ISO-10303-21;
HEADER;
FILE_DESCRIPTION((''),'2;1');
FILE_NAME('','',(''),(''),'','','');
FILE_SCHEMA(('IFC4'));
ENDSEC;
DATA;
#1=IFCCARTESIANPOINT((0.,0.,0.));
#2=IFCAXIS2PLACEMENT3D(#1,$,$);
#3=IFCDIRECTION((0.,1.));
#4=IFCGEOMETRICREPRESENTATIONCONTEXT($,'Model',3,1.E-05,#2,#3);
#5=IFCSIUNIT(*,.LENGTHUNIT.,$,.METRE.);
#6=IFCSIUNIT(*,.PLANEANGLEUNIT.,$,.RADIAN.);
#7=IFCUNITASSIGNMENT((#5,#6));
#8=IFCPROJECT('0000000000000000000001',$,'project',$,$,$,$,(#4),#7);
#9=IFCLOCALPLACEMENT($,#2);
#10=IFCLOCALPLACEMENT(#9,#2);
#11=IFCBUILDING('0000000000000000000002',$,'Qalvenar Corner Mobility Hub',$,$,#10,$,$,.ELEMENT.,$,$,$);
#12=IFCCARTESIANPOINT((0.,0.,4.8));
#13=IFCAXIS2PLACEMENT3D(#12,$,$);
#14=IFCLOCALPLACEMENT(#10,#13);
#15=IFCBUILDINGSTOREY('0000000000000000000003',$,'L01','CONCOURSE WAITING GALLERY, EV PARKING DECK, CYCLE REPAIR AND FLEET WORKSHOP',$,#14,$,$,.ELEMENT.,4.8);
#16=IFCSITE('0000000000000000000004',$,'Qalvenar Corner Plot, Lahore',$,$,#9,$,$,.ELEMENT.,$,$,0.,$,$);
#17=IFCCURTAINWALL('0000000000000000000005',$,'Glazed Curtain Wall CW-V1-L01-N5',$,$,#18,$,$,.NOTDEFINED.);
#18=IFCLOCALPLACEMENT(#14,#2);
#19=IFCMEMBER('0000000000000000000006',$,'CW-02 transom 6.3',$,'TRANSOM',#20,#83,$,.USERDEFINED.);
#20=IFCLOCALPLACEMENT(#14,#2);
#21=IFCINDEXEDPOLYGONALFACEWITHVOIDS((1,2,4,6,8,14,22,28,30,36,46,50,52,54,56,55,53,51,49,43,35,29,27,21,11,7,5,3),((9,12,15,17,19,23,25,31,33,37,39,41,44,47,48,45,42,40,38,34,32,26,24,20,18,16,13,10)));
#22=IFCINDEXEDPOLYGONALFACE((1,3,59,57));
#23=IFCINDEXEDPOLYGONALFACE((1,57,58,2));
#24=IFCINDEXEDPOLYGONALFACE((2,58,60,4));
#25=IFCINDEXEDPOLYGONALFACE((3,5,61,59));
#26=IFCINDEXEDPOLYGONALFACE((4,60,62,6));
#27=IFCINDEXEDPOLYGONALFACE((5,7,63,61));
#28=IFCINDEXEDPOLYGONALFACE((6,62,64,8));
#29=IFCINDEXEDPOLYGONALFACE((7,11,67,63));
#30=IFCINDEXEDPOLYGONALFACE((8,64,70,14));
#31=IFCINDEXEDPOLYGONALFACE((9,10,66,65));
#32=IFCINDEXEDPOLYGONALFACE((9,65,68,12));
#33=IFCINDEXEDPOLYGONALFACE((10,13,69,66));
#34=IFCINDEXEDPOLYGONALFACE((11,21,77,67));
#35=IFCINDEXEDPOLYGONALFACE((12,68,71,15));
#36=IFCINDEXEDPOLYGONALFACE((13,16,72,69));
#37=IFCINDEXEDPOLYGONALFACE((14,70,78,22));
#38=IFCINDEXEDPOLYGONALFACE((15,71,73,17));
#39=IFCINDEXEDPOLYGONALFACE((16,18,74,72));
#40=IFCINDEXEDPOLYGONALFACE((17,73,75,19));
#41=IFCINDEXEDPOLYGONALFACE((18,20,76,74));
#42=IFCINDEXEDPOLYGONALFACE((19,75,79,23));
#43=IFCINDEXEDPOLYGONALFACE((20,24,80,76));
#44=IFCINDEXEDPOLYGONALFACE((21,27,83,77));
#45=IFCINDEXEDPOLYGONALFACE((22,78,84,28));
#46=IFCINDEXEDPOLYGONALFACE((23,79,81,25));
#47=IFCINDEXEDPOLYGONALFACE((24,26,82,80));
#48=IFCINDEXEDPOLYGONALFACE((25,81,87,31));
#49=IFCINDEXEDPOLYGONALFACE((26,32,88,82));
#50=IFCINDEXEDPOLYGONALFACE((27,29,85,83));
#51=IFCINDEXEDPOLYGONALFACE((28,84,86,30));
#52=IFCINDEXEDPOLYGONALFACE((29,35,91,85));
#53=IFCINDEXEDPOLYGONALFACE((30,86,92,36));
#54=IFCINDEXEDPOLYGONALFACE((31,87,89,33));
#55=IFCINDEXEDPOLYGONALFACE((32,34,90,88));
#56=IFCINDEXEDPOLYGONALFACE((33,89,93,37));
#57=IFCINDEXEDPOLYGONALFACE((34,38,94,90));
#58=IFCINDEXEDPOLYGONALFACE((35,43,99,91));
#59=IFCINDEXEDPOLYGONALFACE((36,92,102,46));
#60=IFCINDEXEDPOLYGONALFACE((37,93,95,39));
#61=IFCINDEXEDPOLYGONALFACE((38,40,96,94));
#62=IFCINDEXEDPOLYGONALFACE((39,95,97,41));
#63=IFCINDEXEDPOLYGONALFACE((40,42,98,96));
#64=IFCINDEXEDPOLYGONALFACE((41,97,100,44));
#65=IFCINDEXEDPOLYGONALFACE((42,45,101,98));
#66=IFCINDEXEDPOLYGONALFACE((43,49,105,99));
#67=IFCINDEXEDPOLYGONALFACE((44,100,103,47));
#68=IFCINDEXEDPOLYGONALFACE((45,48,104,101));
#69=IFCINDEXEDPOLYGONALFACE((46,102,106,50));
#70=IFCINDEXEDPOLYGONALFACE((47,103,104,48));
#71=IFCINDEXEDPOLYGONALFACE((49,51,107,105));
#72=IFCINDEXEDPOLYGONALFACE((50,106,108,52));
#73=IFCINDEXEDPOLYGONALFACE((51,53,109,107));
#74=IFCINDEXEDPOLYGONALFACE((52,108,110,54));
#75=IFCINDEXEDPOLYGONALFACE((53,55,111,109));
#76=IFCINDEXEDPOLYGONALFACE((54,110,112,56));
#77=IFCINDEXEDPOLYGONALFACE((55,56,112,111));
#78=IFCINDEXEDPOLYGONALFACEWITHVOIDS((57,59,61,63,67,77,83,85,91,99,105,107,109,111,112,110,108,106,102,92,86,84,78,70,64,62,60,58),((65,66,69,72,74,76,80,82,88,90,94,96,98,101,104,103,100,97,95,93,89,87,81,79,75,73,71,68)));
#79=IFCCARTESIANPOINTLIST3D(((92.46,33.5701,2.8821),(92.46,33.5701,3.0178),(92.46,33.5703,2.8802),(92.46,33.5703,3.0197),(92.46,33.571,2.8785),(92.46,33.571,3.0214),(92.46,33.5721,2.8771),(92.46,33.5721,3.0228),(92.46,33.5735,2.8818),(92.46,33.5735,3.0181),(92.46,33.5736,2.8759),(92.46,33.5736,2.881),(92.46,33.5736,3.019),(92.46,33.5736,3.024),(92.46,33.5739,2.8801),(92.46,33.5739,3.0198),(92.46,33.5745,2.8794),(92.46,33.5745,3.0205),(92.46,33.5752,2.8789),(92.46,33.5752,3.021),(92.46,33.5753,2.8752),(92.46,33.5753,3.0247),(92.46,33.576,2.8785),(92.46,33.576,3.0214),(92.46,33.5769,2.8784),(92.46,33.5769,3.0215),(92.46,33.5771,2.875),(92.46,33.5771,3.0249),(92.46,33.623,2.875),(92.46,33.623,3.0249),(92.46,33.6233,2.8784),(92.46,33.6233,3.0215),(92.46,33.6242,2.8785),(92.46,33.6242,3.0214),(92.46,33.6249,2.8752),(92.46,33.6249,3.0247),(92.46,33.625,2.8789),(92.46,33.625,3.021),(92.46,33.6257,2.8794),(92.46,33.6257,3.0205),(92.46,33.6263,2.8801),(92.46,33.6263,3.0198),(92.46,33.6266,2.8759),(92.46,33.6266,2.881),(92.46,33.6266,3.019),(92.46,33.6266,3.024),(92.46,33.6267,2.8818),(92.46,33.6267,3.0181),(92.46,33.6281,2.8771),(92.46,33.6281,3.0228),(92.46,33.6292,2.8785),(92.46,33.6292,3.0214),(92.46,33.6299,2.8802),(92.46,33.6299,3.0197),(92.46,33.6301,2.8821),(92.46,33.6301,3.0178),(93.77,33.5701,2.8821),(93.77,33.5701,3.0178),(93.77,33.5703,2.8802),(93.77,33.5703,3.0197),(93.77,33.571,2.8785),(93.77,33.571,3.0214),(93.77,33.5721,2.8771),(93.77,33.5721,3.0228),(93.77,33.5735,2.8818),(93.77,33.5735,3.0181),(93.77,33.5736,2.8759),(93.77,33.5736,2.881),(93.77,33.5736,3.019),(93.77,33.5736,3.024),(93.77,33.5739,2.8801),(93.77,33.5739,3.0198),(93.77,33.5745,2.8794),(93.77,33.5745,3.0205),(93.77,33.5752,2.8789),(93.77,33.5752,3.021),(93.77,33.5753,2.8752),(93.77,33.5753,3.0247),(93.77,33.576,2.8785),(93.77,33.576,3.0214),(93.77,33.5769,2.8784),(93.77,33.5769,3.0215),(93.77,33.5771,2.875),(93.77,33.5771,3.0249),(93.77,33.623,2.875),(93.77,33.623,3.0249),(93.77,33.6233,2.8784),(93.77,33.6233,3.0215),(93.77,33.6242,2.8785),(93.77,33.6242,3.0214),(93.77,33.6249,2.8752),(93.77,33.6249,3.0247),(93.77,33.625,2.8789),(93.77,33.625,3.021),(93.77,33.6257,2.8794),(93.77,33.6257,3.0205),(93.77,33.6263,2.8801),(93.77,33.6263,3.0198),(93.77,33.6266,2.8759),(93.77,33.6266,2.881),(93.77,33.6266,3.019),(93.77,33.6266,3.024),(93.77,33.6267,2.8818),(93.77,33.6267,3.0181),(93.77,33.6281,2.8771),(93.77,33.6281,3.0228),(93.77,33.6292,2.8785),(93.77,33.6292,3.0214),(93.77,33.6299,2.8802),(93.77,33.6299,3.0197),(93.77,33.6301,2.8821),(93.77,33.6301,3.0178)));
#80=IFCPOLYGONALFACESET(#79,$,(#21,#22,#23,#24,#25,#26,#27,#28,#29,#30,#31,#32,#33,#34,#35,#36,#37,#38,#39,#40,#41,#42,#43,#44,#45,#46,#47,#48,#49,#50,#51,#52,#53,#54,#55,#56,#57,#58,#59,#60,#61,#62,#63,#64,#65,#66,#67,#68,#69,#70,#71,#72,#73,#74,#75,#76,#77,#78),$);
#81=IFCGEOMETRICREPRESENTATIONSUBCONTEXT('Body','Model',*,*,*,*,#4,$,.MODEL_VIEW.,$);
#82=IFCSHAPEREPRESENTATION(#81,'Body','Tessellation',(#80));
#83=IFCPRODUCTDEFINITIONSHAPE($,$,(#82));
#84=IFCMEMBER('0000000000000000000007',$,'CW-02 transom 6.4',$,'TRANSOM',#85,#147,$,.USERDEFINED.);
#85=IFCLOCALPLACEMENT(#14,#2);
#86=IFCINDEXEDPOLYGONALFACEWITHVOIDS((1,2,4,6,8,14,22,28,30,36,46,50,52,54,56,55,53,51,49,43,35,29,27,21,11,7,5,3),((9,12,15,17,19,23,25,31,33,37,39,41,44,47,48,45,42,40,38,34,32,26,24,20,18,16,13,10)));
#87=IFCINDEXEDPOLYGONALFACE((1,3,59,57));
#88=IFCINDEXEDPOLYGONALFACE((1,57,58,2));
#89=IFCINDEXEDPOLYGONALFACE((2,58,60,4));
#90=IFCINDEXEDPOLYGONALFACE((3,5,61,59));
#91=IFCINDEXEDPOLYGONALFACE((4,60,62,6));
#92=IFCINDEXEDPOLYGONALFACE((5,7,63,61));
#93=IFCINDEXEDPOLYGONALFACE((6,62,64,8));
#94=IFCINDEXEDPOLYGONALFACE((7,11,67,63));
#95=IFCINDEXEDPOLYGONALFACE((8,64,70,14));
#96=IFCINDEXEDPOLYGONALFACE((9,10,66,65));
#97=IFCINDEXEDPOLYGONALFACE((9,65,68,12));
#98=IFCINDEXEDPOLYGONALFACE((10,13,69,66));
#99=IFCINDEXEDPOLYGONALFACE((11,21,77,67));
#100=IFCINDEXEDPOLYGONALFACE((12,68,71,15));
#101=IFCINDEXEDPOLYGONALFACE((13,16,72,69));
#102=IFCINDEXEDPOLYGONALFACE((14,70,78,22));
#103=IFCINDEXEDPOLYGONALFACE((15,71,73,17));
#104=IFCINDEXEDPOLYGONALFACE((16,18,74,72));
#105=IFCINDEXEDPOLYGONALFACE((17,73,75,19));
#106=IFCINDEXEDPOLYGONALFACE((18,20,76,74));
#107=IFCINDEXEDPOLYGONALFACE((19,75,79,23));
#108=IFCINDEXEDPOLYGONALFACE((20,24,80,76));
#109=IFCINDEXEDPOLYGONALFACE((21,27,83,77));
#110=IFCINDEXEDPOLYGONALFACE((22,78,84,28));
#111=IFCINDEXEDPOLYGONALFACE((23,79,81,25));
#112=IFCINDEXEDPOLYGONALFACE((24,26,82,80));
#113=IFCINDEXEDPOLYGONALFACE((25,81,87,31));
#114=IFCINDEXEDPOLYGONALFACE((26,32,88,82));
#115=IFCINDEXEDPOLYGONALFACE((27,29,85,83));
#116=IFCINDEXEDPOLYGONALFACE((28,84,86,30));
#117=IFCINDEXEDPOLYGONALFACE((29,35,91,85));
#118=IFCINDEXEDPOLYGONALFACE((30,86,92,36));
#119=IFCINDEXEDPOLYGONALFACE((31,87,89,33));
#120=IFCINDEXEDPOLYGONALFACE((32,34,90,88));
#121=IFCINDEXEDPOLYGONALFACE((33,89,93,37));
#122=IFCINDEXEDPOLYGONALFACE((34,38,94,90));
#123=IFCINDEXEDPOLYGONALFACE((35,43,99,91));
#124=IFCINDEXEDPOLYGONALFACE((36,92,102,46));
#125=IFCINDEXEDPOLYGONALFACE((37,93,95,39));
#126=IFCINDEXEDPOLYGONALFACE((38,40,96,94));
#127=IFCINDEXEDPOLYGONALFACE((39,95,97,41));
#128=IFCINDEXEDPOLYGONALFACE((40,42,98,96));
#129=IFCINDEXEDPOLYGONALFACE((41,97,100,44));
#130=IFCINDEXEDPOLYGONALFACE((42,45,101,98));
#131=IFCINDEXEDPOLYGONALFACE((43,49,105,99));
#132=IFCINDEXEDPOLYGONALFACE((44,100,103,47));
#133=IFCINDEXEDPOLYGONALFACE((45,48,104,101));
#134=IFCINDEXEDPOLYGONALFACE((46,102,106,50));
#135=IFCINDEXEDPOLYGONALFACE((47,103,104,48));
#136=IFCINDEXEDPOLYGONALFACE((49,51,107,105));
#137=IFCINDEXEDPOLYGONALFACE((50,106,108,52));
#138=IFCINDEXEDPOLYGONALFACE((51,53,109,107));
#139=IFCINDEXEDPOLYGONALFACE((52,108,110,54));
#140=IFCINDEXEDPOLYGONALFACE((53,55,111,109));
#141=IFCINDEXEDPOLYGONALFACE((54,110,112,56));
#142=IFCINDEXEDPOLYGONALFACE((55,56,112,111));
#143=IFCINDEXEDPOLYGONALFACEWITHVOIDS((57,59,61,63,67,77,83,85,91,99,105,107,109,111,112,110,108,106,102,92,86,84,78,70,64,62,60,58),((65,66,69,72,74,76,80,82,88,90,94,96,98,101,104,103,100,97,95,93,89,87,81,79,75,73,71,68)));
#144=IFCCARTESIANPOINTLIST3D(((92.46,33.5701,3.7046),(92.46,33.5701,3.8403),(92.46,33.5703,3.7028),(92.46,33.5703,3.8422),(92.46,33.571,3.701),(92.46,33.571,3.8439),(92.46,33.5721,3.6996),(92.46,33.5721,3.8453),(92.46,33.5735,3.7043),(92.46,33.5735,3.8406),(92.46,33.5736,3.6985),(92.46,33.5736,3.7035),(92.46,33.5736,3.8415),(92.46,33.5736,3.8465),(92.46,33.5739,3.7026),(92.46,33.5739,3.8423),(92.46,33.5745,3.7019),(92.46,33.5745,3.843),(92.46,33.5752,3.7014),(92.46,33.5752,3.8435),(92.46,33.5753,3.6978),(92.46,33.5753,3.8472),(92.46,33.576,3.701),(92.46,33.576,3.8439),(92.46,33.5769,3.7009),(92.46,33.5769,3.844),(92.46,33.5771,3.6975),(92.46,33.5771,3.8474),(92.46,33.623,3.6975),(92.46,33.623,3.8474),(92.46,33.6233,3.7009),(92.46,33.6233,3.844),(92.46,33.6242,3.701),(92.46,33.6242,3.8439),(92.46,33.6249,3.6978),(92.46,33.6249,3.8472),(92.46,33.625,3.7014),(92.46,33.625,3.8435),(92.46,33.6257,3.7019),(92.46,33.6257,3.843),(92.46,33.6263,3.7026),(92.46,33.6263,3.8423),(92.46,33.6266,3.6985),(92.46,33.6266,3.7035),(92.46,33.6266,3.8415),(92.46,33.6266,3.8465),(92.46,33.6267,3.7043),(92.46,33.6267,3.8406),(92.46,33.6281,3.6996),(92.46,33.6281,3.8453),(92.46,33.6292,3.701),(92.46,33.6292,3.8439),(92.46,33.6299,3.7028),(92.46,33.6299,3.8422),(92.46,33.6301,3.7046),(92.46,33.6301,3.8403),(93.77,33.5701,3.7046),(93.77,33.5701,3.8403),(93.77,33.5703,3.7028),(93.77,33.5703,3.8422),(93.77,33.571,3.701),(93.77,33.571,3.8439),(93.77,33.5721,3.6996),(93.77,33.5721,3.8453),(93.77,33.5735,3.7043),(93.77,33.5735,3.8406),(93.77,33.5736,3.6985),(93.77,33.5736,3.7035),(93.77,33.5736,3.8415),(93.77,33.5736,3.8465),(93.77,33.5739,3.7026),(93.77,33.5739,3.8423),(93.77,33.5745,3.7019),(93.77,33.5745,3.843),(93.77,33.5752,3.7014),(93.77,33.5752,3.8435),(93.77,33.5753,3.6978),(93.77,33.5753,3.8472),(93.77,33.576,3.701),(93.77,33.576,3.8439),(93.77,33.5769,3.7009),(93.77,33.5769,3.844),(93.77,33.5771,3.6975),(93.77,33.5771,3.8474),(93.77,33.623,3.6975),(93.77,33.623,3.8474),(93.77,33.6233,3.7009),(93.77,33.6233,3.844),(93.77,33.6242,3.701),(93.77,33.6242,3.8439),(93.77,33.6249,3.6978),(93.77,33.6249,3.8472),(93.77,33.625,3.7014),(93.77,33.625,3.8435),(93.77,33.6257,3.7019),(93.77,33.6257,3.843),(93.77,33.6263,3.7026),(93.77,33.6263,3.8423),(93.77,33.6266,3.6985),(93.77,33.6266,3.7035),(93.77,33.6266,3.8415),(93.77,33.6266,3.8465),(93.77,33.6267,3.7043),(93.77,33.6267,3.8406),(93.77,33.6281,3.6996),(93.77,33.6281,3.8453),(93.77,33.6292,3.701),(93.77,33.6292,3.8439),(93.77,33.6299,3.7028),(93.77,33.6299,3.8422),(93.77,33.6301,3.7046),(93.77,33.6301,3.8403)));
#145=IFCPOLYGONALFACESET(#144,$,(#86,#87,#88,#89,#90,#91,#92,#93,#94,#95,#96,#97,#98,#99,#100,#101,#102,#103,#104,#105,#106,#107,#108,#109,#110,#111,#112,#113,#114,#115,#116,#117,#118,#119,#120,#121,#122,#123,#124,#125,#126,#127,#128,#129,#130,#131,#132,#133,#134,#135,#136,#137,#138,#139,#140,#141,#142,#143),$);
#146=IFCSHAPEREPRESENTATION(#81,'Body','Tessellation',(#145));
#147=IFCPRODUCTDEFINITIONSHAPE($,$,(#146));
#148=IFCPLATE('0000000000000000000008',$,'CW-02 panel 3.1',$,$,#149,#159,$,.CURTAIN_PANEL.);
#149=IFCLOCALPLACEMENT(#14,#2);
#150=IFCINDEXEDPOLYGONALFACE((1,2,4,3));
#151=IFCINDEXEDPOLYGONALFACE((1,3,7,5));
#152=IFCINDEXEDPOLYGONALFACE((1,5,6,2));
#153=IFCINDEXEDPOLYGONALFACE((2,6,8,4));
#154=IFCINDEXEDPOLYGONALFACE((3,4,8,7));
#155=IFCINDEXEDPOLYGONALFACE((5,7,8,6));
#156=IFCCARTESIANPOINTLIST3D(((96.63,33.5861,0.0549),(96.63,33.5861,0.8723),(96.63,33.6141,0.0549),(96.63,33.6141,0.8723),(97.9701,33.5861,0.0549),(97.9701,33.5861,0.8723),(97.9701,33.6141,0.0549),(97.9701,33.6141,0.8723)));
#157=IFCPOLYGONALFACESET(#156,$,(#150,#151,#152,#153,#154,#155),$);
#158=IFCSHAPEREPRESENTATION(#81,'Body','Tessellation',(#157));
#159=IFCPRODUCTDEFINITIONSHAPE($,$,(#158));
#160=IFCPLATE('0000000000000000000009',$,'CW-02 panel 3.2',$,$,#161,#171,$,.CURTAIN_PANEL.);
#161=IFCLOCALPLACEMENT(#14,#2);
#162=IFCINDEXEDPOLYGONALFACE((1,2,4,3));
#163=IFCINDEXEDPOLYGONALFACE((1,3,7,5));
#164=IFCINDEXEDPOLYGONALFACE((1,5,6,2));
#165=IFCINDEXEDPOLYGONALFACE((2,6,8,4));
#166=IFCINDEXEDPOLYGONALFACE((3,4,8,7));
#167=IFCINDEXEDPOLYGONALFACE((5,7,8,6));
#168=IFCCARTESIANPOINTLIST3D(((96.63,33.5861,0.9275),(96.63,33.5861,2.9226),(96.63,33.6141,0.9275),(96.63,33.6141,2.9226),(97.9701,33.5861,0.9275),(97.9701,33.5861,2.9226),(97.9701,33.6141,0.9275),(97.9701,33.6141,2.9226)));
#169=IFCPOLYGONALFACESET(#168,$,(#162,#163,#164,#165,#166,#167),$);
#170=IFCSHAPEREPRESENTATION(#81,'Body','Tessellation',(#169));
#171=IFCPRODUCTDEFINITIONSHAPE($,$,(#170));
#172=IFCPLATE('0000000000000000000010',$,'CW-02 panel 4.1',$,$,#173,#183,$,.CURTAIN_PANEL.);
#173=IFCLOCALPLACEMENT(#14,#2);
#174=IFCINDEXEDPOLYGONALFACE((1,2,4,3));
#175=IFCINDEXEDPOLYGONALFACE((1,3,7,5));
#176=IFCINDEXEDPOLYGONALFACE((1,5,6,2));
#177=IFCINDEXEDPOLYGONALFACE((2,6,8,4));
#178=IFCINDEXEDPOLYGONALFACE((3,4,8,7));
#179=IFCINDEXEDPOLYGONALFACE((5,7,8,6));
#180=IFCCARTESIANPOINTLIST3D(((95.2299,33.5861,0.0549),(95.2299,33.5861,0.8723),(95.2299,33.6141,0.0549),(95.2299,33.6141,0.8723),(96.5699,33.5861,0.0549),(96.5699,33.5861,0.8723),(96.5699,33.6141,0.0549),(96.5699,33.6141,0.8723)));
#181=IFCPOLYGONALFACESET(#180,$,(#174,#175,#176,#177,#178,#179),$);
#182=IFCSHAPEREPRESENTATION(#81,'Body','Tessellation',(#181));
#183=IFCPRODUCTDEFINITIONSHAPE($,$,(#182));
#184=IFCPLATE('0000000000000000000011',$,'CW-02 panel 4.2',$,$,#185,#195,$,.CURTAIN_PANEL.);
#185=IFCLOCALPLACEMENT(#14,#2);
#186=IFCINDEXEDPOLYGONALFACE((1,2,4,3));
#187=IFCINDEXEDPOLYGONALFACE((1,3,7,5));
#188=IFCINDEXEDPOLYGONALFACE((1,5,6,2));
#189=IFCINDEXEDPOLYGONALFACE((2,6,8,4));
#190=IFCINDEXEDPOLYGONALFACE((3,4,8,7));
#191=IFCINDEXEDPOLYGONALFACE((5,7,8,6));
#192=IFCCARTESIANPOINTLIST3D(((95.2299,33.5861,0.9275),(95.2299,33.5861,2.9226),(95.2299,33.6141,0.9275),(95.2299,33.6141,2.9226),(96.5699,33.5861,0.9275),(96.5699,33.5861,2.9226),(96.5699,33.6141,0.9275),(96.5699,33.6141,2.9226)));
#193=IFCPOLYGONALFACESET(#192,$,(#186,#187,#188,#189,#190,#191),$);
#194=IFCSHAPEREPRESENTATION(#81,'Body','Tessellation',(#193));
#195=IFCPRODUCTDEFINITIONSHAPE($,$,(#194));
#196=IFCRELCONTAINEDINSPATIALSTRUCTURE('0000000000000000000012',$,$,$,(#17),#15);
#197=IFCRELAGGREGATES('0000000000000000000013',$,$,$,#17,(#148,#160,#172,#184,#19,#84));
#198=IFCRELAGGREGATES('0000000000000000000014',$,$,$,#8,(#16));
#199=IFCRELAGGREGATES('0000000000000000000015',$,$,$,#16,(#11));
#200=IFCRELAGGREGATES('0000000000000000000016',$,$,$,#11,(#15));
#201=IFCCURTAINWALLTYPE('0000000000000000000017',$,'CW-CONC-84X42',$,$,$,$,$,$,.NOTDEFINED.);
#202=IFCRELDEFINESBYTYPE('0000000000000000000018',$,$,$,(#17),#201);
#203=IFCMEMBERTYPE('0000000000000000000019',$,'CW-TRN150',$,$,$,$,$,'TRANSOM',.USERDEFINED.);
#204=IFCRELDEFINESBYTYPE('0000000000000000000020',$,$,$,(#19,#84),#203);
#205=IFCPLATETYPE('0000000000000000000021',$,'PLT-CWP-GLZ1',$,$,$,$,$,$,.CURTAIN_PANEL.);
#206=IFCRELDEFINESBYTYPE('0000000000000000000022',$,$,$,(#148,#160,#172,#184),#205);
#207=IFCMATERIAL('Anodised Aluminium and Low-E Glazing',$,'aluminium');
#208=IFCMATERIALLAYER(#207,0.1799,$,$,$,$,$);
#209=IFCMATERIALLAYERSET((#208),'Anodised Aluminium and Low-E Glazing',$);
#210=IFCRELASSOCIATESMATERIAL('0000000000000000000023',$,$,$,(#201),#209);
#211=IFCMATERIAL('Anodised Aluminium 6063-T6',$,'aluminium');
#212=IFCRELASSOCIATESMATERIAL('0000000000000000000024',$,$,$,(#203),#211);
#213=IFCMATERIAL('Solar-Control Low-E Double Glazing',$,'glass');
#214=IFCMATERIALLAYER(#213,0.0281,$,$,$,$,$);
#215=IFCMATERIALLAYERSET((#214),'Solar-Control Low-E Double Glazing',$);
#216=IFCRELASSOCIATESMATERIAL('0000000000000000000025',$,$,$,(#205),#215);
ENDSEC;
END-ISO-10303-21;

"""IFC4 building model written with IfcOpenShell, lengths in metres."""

from ifc_helpers import new_model, si_unit, direction, frame, origin, origin_2d, place, context, subcontext, project, spatial, rectangle, hollow_rectangle, extrude, material, layer, layer_set, material_profile, profile_set, type_object, element, aggregate, save


model = new_model("IFC4")

# Units and contexts
model_context = context("Model", 3, precision=1e-05, world=origin(), true_north=direction((0.0, 1.0)))
body_context = subcontext(model_context, "Body", "Model", "MODEL_VIEW")
ifc_project = project(units=[si_unit("LENGTHUNIT", "METRE"), si_unit("PLANEANGLEUNIT", "RADIAN")], contexts=[model_context])

# Site, building, storey
site_placement = place(None, origin())
site = spatial("IfcSite", under=ifc_project, at=site_placement, Name="Qalvenar Corner Plot, Lahore", CompositionType="ELEMENT", RefElevation=0.0)
building_placement = place(site_placement, origin())
building = spatial("IfcBuilding", under=site, at=building_placement, Name="Qalvenar Corner Mobility Hub", CompositionType="ELEMENT")
storey_placement = place(building_placement, frame((0.0, 0.0, 4.8)))
storey = spatial("IfcBuildingStorey", under=building, at=storey_placement, Name="L01", Description="CONCOURSE WAITING GALLERY, EV PARKING DECK, CYCLE REPAIR AND FLEET WORKSHOP", CompositionType="ELEMENT", Elevation=4.8)

# Shared definitions
ifc_material_1 = material(Name="Anodised Aluminium and Low-E Glazing", Category="aluminium")
ifc_layer_1 = layer(ifc_material_1, 0.1799)
ifc_layer_set_1 = layer_set([ifc_layer_1], Name="Anodised Aluminium and Low-E Glazing")
curtain_wall_type = type_object("IfcCurtainWallType", Name="CW-CONC-84X42", PredefinedType="NOTDEFINED", material=ifc_layer_set_1)
ifc_material_2 = material(Name="Anodised Aluminium 6063-T6", Category="aluminium")

# Curtain wall, members, plates
curtain_wall_1_placement = place(storey_placement, origin())
curtain_wall_1 = element("IfcCurtainWall", 1, at=curtain_wall_1_placement, inside=storey, type_object=curtain_wall_type, Name="Glazed Curtain Wall CW-V1-L01-N5", PredefinedType="NOTDEFINED")
ifc_material_profile_1 = material_profile(ifc_material_2, hollow_rectangle(XDim=0.0601, YDim=0.1499, WallThickness=0.0034, InnerFilletRadius=0.0034, OuterFilletRadius=0.0071, at=origin_2d()), Name="RHS150x60x3.5")
ifc_profile_set_1 = profile_set([ifc_material_profile_1], Name="Anodised Aluminium 6063-T6")
member_type_1 = type_object("IfcMemberType", Name="CW-TRN150", ElementType="TRANSOM", PredefinedType="USERDEFINED", material=ifc_profile_set_1)
member_1_placement = place(storey_placement, frame((93.77, 33.6001, 2.95), z_axis=(-1.0, 0.0, 0.0), x_axis=(0.0, -1.0, 0.0)))
member_1 = element("IfcMember", 2, at=member_1_placement, type_object=member_type_1, Name="CW-02 transom 6.3", ObjectType="TRANSOM", PredefinedType="USERDEFINED", context=body_context, shape_type="SweptSolid", body=[
    extrude(hollow_rectangle(XDim=0.0601, YDim=0.1499, WallThickness=0.0034, InnerFilletRadius=0.0034, OuterFilletRadius=0.0071, at=origin_2d()), origin(), (0.0, 0.0, 1.0), 1.3101),
])
member_2_placement = place(storey_placement, frame((93.77, 33.6001, 3.7725), z_axis=(-1.0, 0.0, 0.0), x_axis=(0.0, -1.0, 0.0)))
member_2 = element("IfcMember", 3, at=member_2_placement, type_object=member_type_1, Name="CW-02 transom 6.4", ObjectType="TRANSOM", PredefinedType="USERDEFINED", context=body_context, shape_type="SweptSolid", body=[
    extrude(hollow_rectangle(XDim=0.0601, YDim=0.1499, WallThickness=0.0034, InnerFilletRadius=0.0034, OuterFilletRadius=0.0071, at=origin_2d()), origin(), (0.0, 0.0, 1.0), 1.3101),
])
ifc_material_3 = material(Name="Solar-Control Low-E Double Glazing", Category="glass")
ifc_layer_2 = layer(ifc_material_3, 0.0281)
ifc_layer_set_2 = layer_set([ifc_layer_2], Name="Solar-Control Low-E Double Glazing")
plate_type = type_object("IfcPlateType", Name="PLT-CWP-GLZ1", PredefinedType="CURTAIN_PANEL", material=ifc_layer_set_2)
plate_1_placement = place(storey_placement, frame((97.3, 33.6001, 0.0549), z_axis=(0.0, 0.0, 1.0), x_axis=(-1.0, 0.0, 0.0)))
plate_1 = element("IfcPlate", 4, at=plate_1_placement, type_object=plate_type, Name="CW-02 panel 3.1", PredefinedType="CURTAIN_PANEL", context=body_context, shape_type="SweptSolid", body=[
    extrude(rectangle(XDim=1.3401, YDim=0.0281, at=origin_2d()), origin(), (0.0, 0.0, 1.0), 0.8174),
])
plate_2_placement = place(storey_placement, frame((97.3, 33.6001, 0.9275), z_axis=(0.0, 0.0, 1.0), x_axis=(-1.0, 0.0, 0.0)))
plate_2 = element("IfcPlate", 5, at=plate_2_placement, type_object=plate_type, Name="CW-02 panel 3.2", PredefinedType="CURTAIN_PANEL", context=body_context, shape_type="SweptSolid", body=[
    extrude(rectangle(XDim=1.3401, YDim=0.0281, at=origin_2d()), origin(), (0.0, 0.0, 1.0), 1.9951),
])
plate_3_placement = place(storey_placement, frame((95.8999, 33.6001, 0.0549), z_axis=(0.0, 0.0, 1.0), x_axis=(-1.0, 0.0, 0.0)))
plate_3 = element("IfcPlate", 6, at=plate_3_placement, type_object=plate_type, Name="CW-02 panel 4.1", PredefinedType="CURTAIN_PANEL", context=body_context, shape_type="SweptSolid", body=[
    extrude(rectangle(XDim=1.3401, YDim=0.0281, at=origin_2d()), origin(), (0.0, 0.0, 1.0), 0.8174),
])
plate_4_placement = place(storey_placement, frame((95.8999, 33.6001, 0.9275), z_axis=(0.0, 0.0, 1.0), x_axis=(-1.0, 0.0, 0.0)))
plate_4 = element("IfcPlate", 7, at=plate_4_placement, type_object=plate_type, Name="CW-02 panel 4.2", PredefinedType="CURTAIN_PANEL", context=body_context, shape_type="SweptSolid", body=[
    extrude(rectangle(XDim=1.3401, YDim=0.0281, at=origin_2d()), origin(), (0.0, 0.0, 1.0), 1.9951),
])
aggregate(curtain_wall_1, [plate_1, plate_2, plate_3, plate_4, member_1, member_2])

save(model, "model.ifc")
